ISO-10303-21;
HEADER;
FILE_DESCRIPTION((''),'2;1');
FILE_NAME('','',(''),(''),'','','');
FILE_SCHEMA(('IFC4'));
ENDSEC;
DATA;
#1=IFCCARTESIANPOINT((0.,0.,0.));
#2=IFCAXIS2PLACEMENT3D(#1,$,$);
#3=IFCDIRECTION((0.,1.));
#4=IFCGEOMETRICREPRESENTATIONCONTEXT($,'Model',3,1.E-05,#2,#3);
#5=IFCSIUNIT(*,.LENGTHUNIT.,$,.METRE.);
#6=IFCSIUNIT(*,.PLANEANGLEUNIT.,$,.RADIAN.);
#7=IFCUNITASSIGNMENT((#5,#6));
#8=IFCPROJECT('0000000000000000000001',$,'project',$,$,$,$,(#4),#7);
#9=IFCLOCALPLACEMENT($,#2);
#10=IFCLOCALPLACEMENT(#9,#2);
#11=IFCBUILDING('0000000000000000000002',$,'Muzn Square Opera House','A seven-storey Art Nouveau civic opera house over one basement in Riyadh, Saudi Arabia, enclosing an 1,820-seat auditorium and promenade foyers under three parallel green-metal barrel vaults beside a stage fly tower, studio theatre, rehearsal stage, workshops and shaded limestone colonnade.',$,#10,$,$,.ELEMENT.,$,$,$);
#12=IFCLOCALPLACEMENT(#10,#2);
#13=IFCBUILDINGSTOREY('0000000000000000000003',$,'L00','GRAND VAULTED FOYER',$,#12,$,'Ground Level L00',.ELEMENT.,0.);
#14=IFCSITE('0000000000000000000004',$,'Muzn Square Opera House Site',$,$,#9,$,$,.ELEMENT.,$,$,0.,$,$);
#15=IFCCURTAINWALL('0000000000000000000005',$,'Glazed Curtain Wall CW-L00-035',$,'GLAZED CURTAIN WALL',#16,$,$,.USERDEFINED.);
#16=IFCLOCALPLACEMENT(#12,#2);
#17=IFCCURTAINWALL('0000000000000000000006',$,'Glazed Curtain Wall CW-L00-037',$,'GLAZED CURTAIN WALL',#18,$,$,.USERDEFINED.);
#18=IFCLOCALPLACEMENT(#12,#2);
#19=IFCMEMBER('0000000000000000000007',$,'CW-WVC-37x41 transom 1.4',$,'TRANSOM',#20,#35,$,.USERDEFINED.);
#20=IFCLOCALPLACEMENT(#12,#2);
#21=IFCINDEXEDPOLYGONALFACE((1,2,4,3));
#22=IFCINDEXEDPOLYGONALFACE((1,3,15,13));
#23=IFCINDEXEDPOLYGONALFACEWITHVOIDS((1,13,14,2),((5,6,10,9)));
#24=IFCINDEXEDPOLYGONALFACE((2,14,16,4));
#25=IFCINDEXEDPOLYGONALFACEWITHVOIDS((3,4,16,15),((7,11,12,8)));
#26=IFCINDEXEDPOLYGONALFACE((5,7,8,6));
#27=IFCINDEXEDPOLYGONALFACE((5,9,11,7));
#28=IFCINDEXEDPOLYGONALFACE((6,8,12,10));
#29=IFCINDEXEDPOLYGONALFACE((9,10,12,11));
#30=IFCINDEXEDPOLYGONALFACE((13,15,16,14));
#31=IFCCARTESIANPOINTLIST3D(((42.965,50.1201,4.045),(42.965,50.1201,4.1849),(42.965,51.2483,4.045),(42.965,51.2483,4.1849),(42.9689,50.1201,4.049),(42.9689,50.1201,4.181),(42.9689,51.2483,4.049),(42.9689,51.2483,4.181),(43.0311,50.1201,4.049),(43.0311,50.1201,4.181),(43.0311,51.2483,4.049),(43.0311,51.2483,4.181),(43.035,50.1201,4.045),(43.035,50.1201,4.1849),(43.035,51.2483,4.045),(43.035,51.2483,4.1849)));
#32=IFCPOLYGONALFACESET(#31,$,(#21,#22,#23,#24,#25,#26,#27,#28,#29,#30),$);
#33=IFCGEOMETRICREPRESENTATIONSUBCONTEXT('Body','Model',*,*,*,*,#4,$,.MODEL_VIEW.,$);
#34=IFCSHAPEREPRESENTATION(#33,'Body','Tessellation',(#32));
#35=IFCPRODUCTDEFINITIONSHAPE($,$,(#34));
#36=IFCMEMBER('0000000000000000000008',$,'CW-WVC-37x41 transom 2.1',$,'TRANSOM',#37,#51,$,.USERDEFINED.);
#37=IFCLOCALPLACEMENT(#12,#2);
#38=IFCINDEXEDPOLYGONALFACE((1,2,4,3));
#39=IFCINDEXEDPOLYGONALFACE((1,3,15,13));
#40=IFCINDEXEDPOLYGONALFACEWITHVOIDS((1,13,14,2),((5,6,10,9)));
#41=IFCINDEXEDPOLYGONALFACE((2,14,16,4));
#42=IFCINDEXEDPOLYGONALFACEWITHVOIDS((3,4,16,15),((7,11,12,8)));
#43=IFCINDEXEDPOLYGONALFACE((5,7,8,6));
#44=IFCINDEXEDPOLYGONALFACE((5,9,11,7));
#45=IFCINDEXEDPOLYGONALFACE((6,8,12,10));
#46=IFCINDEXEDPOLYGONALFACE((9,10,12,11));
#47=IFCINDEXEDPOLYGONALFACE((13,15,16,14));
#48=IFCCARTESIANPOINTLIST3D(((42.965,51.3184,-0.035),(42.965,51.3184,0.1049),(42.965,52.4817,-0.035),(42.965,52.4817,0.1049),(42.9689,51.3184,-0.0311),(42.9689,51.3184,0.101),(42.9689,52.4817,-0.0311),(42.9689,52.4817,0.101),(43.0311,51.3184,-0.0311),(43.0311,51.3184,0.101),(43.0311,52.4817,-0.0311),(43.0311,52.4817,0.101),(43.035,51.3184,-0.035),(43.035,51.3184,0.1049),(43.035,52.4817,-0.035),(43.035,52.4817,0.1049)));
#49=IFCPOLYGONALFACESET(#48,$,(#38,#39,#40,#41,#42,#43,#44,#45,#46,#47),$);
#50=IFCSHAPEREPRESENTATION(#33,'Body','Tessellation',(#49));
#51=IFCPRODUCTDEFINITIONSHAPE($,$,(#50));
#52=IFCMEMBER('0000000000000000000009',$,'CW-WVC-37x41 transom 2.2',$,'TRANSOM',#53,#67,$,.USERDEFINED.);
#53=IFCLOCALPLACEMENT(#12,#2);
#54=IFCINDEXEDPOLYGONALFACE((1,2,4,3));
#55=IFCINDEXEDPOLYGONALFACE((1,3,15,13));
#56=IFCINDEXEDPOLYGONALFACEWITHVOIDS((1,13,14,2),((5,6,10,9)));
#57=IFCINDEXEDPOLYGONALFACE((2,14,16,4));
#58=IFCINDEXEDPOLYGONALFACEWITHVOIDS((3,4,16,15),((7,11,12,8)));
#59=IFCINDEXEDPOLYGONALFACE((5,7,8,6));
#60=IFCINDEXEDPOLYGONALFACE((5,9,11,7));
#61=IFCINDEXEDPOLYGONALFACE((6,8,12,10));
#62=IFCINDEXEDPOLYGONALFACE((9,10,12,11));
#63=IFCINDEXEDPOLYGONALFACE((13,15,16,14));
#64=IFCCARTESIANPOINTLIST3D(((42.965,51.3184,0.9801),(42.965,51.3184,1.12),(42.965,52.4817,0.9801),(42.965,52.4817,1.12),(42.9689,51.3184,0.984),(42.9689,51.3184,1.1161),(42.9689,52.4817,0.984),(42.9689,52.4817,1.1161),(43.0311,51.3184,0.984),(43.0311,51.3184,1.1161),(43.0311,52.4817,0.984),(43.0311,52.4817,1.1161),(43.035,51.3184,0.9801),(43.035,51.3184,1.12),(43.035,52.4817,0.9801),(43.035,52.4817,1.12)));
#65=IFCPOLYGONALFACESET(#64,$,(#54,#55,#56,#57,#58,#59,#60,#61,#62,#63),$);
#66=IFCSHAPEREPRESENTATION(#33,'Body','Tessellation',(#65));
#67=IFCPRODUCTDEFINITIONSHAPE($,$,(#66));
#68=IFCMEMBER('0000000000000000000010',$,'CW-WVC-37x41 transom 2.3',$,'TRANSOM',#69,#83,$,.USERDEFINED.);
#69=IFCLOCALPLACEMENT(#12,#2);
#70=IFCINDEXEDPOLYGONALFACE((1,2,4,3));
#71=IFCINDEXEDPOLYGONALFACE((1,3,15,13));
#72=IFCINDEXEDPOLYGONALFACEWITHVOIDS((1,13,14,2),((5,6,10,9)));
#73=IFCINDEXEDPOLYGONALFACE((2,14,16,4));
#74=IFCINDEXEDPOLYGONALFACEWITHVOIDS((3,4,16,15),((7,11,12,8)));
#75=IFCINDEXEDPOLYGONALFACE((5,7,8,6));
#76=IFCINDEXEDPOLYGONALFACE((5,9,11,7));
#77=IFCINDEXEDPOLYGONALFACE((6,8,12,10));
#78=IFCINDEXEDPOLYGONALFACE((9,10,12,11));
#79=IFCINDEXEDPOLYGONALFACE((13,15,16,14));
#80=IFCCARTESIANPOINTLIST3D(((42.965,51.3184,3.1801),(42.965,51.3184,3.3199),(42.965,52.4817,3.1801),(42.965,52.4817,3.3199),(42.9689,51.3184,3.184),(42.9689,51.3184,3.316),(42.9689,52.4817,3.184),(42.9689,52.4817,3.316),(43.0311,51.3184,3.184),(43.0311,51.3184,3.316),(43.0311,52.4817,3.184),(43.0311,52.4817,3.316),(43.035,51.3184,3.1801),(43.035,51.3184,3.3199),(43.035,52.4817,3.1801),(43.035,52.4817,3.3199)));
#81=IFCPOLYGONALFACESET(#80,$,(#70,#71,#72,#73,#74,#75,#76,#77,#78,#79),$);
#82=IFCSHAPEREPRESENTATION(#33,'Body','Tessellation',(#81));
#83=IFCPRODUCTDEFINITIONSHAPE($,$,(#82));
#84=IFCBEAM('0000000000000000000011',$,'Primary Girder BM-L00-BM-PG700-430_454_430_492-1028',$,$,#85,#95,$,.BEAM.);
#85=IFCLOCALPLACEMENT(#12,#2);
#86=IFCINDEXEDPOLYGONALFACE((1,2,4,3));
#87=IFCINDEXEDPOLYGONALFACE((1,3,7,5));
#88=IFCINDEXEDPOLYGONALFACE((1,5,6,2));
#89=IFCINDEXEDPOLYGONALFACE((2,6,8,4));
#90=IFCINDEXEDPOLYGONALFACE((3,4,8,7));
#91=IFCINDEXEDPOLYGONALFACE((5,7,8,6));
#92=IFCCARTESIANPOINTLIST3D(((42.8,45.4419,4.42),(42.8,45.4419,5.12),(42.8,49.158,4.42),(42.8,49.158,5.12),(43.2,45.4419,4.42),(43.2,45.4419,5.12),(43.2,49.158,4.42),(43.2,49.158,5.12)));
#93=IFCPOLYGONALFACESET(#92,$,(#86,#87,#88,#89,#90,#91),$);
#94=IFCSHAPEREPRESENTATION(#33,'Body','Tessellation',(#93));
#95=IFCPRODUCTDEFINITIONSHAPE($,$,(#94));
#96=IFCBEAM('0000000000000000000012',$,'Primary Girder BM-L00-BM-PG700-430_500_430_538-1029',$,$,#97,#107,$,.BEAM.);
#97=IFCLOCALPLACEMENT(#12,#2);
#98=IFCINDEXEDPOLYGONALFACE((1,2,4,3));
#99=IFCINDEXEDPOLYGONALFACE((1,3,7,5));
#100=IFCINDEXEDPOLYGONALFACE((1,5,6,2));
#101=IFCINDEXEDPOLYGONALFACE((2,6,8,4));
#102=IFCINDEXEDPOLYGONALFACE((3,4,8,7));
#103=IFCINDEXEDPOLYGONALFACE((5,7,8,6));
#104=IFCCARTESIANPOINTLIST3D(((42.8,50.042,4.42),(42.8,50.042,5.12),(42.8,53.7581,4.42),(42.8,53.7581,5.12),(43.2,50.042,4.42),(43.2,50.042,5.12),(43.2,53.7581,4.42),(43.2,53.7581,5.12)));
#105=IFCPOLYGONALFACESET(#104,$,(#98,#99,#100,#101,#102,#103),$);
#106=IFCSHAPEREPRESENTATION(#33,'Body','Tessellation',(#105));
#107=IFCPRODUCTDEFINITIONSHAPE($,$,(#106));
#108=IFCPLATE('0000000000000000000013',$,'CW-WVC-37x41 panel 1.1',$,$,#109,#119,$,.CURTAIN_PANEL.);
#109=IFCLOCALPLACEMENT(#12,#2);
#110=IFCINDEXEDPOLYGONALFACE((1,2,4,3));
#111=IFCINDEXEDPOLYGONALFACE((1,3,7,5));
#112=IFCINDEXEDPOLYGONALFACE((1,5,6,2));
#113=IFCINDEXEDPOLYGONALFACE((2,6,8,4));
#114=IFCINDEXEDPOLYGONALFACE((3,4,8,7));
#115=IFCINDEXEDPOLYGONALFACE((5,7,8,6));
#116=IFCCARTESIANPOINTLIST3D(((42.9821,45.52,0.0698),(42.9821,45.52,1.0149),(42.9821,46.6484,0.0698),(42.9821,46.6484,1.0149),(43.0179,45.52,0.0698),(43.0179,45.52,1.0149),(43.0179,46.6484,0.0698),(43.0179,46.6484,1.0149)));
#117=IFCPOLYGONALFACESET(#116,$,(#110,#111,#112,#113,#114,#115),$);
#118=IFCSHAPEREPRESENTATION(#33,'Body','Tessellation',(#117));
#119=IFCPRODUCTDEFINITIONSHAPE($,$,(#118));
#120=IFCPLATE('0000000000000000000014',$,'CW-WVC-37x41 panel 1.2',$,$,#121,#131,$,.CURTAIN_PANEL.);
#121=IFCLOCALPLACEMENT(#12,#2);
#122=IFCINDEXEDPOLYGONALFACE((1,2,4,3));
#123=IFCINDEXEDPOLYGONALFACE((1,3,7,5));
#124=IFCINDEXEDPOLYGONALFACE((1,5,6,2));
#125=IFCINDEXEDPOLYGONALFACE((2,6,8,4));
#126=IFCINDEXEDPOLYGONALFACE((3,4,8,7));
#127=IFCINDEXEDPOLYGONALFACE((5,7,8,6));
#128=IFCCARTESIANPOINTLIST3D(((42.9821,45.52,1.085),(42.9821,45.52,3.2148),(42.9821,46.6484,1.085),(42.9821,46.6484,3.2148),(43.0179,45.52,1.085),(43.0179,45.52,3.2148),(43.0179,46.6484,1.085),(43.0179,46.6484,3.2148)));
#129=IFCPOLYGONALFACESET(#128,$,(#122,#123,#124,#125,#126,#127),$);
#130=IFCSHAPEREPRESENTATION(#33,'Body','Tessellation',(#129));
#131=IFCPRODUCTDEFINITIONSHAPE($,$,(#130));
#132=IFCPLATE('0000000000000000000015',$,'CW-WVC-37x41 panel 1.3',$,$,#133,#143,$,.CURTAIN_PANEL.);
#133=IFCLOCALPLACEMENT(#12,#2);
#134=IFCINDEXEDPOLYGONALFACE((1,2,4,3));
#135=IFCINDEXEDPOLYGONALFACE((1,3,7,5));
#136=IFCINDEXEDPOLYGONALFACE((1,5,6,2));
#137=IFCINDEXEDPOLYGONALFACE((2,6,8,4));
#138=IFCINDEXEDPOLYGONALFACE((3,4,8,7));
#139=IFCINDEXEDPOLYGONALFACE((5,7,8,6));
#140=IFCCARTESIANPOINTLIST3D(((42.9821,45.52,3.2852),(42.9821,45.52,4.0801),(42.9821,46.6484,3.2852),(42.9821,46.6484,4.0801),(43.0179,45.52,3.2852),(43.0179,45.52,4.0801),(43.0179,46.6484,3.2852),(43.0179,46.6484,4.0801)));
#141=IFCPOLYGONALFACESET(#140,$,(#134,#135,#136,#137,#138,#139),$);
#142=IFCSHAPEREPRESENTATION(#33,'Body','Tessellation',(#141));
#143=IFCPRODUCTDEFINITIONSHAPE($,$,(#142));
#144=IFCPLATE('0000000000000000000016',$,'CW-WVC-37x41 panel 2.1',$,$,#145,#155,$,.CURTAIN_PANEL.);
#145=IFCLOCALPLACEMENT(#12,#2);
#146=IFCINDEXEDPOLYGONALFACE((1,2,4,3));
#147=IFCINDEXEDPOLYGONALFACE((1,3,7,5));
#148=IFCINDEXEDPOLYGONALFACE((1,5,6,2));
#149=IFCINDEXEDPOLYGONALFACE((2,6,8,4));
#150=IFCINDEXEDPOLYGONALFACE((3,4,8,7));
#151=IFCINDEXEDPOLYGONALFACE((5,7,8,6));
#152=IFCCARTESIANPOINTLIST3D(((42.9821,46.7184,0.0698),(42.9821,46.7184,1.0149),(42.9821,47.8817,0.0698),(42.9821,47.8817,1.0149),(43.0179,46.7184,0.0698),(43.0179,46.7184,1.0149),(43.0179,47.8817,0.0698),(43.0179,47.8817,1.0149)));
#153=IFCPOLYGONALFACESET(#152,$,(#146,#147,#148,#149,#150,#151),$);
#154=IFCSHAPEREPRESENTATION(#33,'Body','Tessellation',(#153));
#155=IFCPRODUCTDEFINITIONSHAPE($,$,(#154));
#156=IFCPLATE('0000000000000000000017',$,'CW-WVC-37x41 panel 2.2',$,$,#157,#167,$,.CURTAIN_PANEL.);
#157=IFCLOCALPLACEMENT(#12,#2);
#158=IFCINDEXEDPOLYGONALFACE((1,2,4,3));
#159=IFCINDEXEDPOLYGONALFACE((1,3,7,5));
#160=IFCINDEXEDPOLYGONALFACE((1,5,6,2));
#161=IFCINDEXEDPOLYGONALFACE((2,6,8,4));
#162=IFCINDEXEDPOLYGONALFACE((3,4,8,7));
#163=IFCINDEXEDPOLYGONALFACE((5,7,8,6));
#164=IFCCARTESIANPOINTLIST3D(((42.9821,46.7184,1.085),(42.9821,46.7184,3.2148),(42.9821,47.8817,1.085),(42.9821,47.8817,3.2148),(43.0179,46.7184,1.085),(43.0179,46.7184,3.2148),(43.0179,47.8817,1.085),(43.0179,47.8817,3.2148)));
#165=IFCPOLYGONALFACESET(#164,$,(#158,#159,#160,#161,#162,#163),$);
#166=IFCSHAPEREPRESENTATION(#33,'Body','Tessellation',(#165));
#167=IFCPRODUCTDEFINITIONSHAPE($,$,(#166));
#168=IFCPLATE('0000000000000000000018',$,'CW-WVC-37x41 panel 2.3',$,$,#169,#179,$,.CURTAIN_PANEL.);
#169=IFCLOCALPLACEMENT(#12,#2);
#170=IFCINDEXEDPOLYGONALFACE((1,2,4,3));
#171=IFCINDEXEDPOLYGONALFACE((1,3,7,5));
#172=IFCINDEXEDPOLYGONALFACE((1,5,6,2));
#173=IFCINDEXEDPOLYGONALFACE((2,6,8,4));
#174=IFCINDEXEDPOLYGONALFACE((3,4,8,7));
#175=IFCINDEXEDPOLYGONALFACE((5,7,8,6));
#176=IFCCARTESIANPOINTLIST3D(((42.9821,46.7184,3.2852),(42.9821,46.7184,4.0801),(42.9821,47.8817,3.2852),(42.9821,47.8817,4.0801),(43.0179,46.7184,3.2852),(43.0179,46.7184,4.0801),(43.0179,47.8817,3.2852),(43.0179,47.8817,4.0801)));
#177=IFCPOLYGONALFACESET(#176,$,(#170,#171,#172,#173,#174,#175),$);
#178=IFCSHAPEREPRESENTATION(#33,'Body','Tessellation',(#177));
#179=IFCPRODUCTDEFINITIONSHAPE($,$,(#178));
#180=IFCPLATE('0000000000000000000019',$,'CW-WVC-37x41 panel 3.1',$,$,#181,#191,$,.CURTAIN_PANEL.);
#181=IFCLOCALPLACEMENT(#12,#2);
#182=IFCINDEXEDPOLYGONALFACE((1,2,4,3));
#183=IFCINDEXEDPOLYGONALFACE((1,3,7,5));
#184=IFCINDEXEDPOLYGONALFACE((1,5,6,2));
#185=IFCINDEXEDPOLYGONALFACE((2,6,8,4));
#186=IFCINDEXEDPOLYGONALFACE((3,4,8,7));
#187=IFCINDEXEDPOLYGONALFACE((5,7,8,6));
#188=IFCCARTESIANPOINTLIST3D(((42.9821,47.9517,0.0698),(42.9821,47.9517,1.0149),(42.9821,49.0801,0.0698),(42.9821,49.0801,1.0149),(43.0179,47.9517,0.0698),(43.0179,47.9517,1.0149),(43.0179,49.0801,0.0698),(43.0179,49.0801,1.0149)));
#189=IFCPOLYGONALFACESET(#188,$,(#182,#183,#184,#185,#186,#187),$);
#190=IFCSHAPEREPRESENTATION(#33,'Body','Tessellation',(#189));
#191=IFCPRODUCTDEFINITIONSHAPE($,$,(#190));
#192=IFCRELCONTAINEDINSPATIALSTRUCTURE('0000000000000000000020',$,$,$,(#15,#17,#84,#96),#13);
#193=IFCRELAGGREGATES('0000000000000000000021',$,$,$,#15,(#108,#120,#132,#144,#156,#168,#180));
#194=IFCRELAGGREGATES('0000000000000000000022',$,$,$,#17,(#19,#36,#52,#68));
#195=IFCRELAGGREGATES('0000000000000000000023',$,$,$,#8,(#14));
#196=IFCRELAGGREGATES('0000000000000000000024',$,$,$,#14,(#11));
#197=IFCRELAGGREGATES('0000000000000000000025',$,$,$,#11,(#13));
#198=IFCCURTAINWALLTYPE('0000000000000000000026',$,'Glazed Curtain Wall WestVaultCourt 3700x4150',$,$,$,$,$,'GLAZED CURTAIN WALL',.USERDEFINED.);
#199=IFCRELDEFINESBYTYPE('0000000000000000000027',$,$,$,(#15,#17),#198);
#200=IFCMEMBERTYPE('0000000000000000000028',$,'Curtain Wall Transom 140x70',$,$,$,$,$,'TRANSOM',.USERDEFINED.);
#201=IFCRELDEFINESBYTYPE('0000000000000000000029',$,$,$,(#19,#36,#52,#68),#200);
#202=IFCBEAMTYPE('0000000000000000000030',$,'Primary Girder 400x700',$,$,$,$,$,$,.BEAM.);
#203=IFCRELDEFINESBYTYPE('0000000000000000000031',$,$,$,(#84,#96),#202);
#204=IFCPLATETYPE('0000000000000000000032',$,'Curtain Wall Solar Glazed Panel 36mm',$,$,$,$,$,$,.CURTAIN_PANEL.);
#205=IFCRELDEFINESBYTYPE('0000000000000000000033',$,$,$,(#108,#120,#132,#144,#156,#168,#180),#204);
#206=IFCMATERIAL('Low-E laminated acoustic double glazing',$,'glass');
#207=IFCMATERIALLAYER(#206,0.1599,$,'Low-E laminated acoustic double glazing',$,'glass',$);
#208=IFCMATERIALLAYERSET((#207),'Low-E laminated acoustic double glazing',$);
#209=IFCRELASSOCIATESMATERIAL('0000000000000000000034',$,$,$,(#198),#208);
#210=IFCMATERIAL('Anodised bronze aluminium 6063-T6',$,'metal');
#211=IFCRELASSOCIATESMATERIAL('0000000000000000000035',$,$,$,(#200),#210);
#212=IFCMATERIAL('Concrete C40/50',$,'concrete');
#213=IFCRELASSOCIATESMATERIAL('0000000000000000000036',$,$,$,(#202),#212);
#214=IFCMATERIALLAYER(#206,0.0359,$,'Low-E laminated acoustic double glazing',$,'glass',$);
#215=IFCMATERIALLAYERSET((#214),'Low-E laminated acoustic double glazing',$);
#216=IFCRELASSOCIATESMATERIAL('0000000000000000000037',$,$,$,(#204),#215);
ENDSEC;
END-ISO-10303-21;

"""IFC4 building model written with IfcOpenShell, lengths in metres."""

from ifc_helpers import new_model, si_unit, direction, frame, origin, origin_2d, place, context, subcontext, project, spatial, rectangle, hollow_rectangle, extrude, material, layer, layer_set, material_profile, profile_set, type_object, element, aggregate, save


model = new_model("IFC4")

# Units and contexts
model_context = context("Model", 3, precision=1e-05, world=origin(), true_north=direction((0.0, 1.0)))
body_context = subcontext(model_context, "Body", "Model", "MODEL_VIEW")
ifc_project = project(units=[si_unit("LENGTHUNIT", "METRE"), si_unit("PLANEANGLEUNIT", "RADIAN")], contexts=[model_context])

# Site, building, storey
site_placement = place(None, origin())
site = spatial("IfcSite", under=ifc_project, at=site_placement, Name="Muzn Square Opera House Site", CompositionType="ELEMENT", RefElevation=0.0)
building_placement = place(site_placement, origin())
building = spatial("IfcBuilding", under=site, at=building_placement, Name="Muzn Square Opera House", Description="A seven-storey Art Nouveau civic opera house over one basement in Riyadh, Saudi Arabia, enclosing an 1,820-seat auditorium and promenade foyers under three parallel green-metal barrel vaults beside a stage fly tower, studio theatre, rehearsal stage, workshops and shaded limestone colonnade.", CompositionType="ELEMENT")
storey_placement = place(building_placement, origin())
storey = spatial("IfcBuildingStorey", under=building, at=storey_placement, Name="L00", Description="GRAND VAULTED FOYER", LongName="Ground Level L00", CompositionType="ELEMENT", Elevation=0.0)

# Curtain walls
ifc_material_1 = material(Name="Low-E laminated acoustic double glazing", Category="glass")
ifc_layer_1 = layer(ifc_material_1, 0.1599, Name="Low-E laminated acoustic double glazing", Category="glass")
ifc_layer_set_1 = layer_set([ifc_layer_1], Name="Low-E laminated acoustic double glazing")
curtain_wall_type = type_object("IfcCurtainWallType", Name="Glazed Curtain Wall WestVaultCourt 3700x4150", ElementType="GLAZED CURTAIN WALL", PredefinedType="USERDEFINED", material=ifc_layer_set_1)
curtain_wall_1_placement = place(storey_placement, origin())
curtain_wall_1 = element("IfcCurtainWall", 1, at=curtain_wall_1_placement, inside=storey, type_object=curtain_wall_type, Name="Glazed Curtain Wall CW-L00-035", ObjectType="GLAZED CURTAIN WALL", PredefinedType="USERDEFINED")
ifc_material_2 = material(Name="Anodised bronze aluminium 6063-T6", Category="metal")
curtain_wall_2_placement = place(storey_placement, origin())
curtain_wall_2 = element("IfcCurtainWall", 2, at=curtain_wall_2_placement, inside=storey, type_object=curtain_wall_type, Name="Glazed Curtain Wall CW-L00-037", ObjectType="GLAZED CURTAIN WALL", PredefinedType="USERDEFINED")

# Members
ifc_material_profile_1 = material_profile(ifc_material_2, hollow_rectangle(XDim=0.0701, YDim=0.1399, WallThickness=0.0039, at=origin_2d()), Name="ALU 140x70x4", Category="metal")
ifc_profile_set_1 = profile_set([ifc_material_profile_1], Name="Anodised bronze aluminium 6063-T6")
member_type_1 = type_object("IfcMemberType", Name="Curtain Wall Transom 140x70", ElementType="TRANSOM", PredefinedType="USERDEFINED", material=ifc_profile_set_1)
member_1_placement = place(storey_placement, frame((43.0, 50.1201, 4.115), z_axis=(0.0, 1.0, 0.0), x_axis=(-1.0, 0.0, 0.0)))
member_1 = element("IfcMember", 3, at=member_1_placement, type_object=member_type_1, Name="CW-WVC-37x41 transom 1.4", ObjectType="TRANSOM", PredefinedType="USERDEFINED", context=body_context, shape_type="SweptSolid", body=[
    extrude(hollow_rectangle(XDim=0.0701, YDim=0.1399, WallThickness=0.0039, at=origin_2d()), origin(), (0.0, 0.0, 1.0), 1.1282),
])
member_2_placement = place(storey_placement, frame((43.0, 51.3184, 0.0349), z_axis=(0.0, 1.0, 0.0), x_axis=(-1.0, 0.0, 0.0)))
member_2 = element("IfcMember", 4, at=member_2_placement, type_object=member_type_1, Name="CW-WVC-37x41 transom 2.1", ObjectType="TRANSOM", PredefinedType="USERDEFINED", context=body_context, shape_type="SweptSolid", body=[
    extrude(hollow_rectangle(XDim=0.0701, YDim=0.1399, WallThickness=0.0039, at=origin_2d()), origin(), (0.0, 0.0, 1.0), 1.1633),
])
member_3_placement = place(storey_placement, frame((43.0, 51.3184, 1.05), z_axis=(0.0, 1.0, 0.0), x_axis=(-1.0, 0.0, 0.0)))
member_3 = element("IfcMember", 5, at=member_3_placement, type_object=member_type_1, Name="CW-WVC-37x41 transom 2.2", ObjectType="TRANSOM", PredefinedType="USERDEFINED", context=body_context, shape_type="SweptSolid", body=[
    extrude(hollow_rectangle(XDim=0.0701, YDim=0.1399, WallThickness=0.0039, at=origin_2d()), origin(), (0.0, 0.0, 1.0), 1.1633),
])
member_4_placement = place(storey_placement, frame((43.0, 51.3184, 3.25), z_axis=(0.0, 1.0, 0.0), x_axis=(-1.0, 0.0, 0.0)))
member_4 = element("IfcMember", 6, at=member_4_placement, type_object=member_type_1, Name="CW-WVC-37x41 transom 2.3", ObjectType="TRANSOM", PredefinedType="USERDEFINED", context=body_context, shape_type="SweptSolid", body=[
    extrude(hollow_rectangle(XDim=0.0701, YDim=0.1399, WallThickness=0.0039, at=origin_2d()), origin(), (0.0, 0.0, 1.0), 1.1633),
])

# Beams
ifc_material_3 = material(Name="Concrete C40/50", Category="concrete")
ifc_material_profile_2 = material_profile(ifc_material_3, rectangle(XDim=0.3999, YDim=0.7, at=origin_2d()), Name="RCB 400x700", Category="concrete")
ifc_profile_set_2 = profile_set([ifc_material_profile_2], Name="Concrete C40/50")
beam_type = type_object("IfcBeamType", Name="Primary Girder 400x700", PredefinedType="BEAM", material=ifc_profile_set_2)
for number, where, z_axis, x_axis, name in (
    (7, (43.0, 45.4419, 4.77), (0.0, 1.0, 0.0), (-1.0, 0.0, 0.0), "Primary Girder BM-L00-BM-PG700-430_454_430_492-1028"),
    (8, (43.0, 50.042, 4.77), (0.0, 1.0, 0.0), (-1.0, 0.0, 0.0), "Primary Girder BM-L00-BM-PG700-430_500_430_538-1029"),
):
    element("IfcBeam", number, at=place(storey_placement, frame(where, z_axis=z_axis, x_axis=x_axis)), inside=storey, type_object=beam_type, Name=name, PredefinedType="BEAM", context=body_context, shape_type="SweptSolid", body=[
        extrude(rectangle(XDim=0.3999, YDim=0.7, at=origin_2d()), origin(), (0.0, 0.0, 1.0), 3.7161),
    ])

# Plates
ifc_layer_2 = layer(ifc_material_1, 0.0359, Name="Low-E laminated acoustic double glazing", Category="glass")
ifc_layer_set_2 = layer_set([ifc_layer_2], Name="Low-E laminated acoustic double glazing")
plate_type = type_object("IfcPlateType", Name="Curtain Wall Solar Glazed Panel 36mm", PredefinedType="CURTAIN_PANEL", material=ifc_layer_set_2)
plate_1_placement = place(storey_placement, frame((43.0, 46.0842, 0.0698), z_axis=(0.0, 0.0, 1.0), x_axis=(0.0, 1.0, 0.0)))
plate_1 = element("IfcPlate", 9, at=plate_1_placement, type_object=plate_type, Name="CW-WVC-37x41 panel 1.1", PredefinedType="CURTAIN_PANEL", context=body_context, shape_type="SweptSolid", body=[
    extrude(rectangle(XDim=1.1284, YDim=0.0359, at=origin_2d()), origin(), (0.0, 0.0, 1.0), 0.9451),
])
plate_2_placement = place(storey_placement, frame((43.0, 46.0842, 1.085), z_axis=(0.0, 0.0, 1.0), x_axis=(0.0, 1.0, 0.0)))
plate_2 = element("IfcPlate", 10, at=plate_2_placement, type_object=plate_type, Name="CW-WVC-37x41 panel 1.2", PredefinedType="CURTAIN_PANEL", context=body_context, shape_type="SweptSolid", body=[
    extrude(rectangle(XDim=1.1284, YDim=0.0359, at=origin_2d()), origin(), (0.0, 0.0, 1.0), 2.1299),
])
plate_3_placement = place(storey_placement, frame((43.0, 46.0842, 3.2852), z_axis=(0.0, 0.0, 1.0), x_axis=(0.0, 1.0, 0.0)))
plate_3 = element("IfcPlate", 11, at=plate_3_placement, type_object=plate_type, Name="CW-WVC-37x41 panel 1.3", PredefinedType="CURTAIN_PANEL", context=body_context, shape_type="SweptSolid", body=[
    extrude(rectangle(XDim=1.1284, YDim=0.0359, at=origin_2d()), origin(), (0.0, 0.0, 1.0), 0.7949),
])
plate_4_placement = place(storey_placement, frame((43.0, 47.3, 0.0698), z_axis=(0.0, 0.0, 1.0), x_axis=(0.0, 1.0, 0.0)))
plate_4 = element("IfcPlate", 12, at=plate_4_placement, type_object=plate_type, Name="CW-WVC-37x41 panel 2.1", PredefinedType="CURTAIN_PANEL", context=body_context, shape_type="SweptSolid", body=[
    extrude(rectangle(XDim=1.1633, YDim=0.0359, at=origin_2d()), origin(), (0.0, 0.0, 1.0), 0.9451),
])
plate_5_placement = place(storey_placement, frame((43.0, 47.3, 1.085), z_axis=(0.0, 0.0, 1.0), x_axis=(0.0, 1.0, 0.0)))
plate_5 = element("IfcPlate", 13, at=plate_5_placement, type_object=plate_type, Name="CW-WVC-37x41 panel 2.2", PredefinedType="CURTAIN_PANEL", context=body_context, shape_type="SweptSolid", body=[
    extrude(rectangle(XDim=1.1633, YDim=0.0359, at=origin_2d()), origin(), (0.0, 0.0, 1.0), 2.1299),
])
plate_6_placement = place(storey_placement, frame((43.0, 47.3, 3.2852), z_axis=(0.0, 0.0, 1.0), x_axis=(0.0, 1.0, 0.0)))
plate_6 = element("IfcPlate", 14, at=plate_6_placement, type_object=plate_type, Name="CW-WVC-37x41 panel 2.3", PredefinedType="CURTAIN_PANEL", context=body_context, shape_type="SweptSolid", body=[
    extrude(rectangle(XDim=1.1633, YDim=0.0359, at=origin_2d()), origin(), (0.0, 0.0, 1.0), 0.7949),
])
plate_7_placement = place(storey_placement, frame((43.0, 48.5159, 0.0698), z_axis=(0.0, 0.0, 1.0), x_axis=(0.0, 1.0, 0.0)))
plate_7 = element("IfcPlate", 15, at=plate_7_placement, type_object=plate_type, Name="CW-WVC-37x41 panel 3.1", PredefinedType="CURTAIN_PANEL", context=body_context, shape_type="SweptSolid", body=[
    extrude(rectangle(XDim=1.1284, YDim=0.0359, at=origin_2d()), origin(), (0.0, 0.0, 1.0), 0.9451),
])
aggregate(curtain_wall_1, [plate_1, plate_2, plate_3, plate_4, plate_5, plate_6, plate_7])
aggregate(curtain_wall_2, [member_1, member_2, member_3, member_4])

save(model, "model.ifc")
